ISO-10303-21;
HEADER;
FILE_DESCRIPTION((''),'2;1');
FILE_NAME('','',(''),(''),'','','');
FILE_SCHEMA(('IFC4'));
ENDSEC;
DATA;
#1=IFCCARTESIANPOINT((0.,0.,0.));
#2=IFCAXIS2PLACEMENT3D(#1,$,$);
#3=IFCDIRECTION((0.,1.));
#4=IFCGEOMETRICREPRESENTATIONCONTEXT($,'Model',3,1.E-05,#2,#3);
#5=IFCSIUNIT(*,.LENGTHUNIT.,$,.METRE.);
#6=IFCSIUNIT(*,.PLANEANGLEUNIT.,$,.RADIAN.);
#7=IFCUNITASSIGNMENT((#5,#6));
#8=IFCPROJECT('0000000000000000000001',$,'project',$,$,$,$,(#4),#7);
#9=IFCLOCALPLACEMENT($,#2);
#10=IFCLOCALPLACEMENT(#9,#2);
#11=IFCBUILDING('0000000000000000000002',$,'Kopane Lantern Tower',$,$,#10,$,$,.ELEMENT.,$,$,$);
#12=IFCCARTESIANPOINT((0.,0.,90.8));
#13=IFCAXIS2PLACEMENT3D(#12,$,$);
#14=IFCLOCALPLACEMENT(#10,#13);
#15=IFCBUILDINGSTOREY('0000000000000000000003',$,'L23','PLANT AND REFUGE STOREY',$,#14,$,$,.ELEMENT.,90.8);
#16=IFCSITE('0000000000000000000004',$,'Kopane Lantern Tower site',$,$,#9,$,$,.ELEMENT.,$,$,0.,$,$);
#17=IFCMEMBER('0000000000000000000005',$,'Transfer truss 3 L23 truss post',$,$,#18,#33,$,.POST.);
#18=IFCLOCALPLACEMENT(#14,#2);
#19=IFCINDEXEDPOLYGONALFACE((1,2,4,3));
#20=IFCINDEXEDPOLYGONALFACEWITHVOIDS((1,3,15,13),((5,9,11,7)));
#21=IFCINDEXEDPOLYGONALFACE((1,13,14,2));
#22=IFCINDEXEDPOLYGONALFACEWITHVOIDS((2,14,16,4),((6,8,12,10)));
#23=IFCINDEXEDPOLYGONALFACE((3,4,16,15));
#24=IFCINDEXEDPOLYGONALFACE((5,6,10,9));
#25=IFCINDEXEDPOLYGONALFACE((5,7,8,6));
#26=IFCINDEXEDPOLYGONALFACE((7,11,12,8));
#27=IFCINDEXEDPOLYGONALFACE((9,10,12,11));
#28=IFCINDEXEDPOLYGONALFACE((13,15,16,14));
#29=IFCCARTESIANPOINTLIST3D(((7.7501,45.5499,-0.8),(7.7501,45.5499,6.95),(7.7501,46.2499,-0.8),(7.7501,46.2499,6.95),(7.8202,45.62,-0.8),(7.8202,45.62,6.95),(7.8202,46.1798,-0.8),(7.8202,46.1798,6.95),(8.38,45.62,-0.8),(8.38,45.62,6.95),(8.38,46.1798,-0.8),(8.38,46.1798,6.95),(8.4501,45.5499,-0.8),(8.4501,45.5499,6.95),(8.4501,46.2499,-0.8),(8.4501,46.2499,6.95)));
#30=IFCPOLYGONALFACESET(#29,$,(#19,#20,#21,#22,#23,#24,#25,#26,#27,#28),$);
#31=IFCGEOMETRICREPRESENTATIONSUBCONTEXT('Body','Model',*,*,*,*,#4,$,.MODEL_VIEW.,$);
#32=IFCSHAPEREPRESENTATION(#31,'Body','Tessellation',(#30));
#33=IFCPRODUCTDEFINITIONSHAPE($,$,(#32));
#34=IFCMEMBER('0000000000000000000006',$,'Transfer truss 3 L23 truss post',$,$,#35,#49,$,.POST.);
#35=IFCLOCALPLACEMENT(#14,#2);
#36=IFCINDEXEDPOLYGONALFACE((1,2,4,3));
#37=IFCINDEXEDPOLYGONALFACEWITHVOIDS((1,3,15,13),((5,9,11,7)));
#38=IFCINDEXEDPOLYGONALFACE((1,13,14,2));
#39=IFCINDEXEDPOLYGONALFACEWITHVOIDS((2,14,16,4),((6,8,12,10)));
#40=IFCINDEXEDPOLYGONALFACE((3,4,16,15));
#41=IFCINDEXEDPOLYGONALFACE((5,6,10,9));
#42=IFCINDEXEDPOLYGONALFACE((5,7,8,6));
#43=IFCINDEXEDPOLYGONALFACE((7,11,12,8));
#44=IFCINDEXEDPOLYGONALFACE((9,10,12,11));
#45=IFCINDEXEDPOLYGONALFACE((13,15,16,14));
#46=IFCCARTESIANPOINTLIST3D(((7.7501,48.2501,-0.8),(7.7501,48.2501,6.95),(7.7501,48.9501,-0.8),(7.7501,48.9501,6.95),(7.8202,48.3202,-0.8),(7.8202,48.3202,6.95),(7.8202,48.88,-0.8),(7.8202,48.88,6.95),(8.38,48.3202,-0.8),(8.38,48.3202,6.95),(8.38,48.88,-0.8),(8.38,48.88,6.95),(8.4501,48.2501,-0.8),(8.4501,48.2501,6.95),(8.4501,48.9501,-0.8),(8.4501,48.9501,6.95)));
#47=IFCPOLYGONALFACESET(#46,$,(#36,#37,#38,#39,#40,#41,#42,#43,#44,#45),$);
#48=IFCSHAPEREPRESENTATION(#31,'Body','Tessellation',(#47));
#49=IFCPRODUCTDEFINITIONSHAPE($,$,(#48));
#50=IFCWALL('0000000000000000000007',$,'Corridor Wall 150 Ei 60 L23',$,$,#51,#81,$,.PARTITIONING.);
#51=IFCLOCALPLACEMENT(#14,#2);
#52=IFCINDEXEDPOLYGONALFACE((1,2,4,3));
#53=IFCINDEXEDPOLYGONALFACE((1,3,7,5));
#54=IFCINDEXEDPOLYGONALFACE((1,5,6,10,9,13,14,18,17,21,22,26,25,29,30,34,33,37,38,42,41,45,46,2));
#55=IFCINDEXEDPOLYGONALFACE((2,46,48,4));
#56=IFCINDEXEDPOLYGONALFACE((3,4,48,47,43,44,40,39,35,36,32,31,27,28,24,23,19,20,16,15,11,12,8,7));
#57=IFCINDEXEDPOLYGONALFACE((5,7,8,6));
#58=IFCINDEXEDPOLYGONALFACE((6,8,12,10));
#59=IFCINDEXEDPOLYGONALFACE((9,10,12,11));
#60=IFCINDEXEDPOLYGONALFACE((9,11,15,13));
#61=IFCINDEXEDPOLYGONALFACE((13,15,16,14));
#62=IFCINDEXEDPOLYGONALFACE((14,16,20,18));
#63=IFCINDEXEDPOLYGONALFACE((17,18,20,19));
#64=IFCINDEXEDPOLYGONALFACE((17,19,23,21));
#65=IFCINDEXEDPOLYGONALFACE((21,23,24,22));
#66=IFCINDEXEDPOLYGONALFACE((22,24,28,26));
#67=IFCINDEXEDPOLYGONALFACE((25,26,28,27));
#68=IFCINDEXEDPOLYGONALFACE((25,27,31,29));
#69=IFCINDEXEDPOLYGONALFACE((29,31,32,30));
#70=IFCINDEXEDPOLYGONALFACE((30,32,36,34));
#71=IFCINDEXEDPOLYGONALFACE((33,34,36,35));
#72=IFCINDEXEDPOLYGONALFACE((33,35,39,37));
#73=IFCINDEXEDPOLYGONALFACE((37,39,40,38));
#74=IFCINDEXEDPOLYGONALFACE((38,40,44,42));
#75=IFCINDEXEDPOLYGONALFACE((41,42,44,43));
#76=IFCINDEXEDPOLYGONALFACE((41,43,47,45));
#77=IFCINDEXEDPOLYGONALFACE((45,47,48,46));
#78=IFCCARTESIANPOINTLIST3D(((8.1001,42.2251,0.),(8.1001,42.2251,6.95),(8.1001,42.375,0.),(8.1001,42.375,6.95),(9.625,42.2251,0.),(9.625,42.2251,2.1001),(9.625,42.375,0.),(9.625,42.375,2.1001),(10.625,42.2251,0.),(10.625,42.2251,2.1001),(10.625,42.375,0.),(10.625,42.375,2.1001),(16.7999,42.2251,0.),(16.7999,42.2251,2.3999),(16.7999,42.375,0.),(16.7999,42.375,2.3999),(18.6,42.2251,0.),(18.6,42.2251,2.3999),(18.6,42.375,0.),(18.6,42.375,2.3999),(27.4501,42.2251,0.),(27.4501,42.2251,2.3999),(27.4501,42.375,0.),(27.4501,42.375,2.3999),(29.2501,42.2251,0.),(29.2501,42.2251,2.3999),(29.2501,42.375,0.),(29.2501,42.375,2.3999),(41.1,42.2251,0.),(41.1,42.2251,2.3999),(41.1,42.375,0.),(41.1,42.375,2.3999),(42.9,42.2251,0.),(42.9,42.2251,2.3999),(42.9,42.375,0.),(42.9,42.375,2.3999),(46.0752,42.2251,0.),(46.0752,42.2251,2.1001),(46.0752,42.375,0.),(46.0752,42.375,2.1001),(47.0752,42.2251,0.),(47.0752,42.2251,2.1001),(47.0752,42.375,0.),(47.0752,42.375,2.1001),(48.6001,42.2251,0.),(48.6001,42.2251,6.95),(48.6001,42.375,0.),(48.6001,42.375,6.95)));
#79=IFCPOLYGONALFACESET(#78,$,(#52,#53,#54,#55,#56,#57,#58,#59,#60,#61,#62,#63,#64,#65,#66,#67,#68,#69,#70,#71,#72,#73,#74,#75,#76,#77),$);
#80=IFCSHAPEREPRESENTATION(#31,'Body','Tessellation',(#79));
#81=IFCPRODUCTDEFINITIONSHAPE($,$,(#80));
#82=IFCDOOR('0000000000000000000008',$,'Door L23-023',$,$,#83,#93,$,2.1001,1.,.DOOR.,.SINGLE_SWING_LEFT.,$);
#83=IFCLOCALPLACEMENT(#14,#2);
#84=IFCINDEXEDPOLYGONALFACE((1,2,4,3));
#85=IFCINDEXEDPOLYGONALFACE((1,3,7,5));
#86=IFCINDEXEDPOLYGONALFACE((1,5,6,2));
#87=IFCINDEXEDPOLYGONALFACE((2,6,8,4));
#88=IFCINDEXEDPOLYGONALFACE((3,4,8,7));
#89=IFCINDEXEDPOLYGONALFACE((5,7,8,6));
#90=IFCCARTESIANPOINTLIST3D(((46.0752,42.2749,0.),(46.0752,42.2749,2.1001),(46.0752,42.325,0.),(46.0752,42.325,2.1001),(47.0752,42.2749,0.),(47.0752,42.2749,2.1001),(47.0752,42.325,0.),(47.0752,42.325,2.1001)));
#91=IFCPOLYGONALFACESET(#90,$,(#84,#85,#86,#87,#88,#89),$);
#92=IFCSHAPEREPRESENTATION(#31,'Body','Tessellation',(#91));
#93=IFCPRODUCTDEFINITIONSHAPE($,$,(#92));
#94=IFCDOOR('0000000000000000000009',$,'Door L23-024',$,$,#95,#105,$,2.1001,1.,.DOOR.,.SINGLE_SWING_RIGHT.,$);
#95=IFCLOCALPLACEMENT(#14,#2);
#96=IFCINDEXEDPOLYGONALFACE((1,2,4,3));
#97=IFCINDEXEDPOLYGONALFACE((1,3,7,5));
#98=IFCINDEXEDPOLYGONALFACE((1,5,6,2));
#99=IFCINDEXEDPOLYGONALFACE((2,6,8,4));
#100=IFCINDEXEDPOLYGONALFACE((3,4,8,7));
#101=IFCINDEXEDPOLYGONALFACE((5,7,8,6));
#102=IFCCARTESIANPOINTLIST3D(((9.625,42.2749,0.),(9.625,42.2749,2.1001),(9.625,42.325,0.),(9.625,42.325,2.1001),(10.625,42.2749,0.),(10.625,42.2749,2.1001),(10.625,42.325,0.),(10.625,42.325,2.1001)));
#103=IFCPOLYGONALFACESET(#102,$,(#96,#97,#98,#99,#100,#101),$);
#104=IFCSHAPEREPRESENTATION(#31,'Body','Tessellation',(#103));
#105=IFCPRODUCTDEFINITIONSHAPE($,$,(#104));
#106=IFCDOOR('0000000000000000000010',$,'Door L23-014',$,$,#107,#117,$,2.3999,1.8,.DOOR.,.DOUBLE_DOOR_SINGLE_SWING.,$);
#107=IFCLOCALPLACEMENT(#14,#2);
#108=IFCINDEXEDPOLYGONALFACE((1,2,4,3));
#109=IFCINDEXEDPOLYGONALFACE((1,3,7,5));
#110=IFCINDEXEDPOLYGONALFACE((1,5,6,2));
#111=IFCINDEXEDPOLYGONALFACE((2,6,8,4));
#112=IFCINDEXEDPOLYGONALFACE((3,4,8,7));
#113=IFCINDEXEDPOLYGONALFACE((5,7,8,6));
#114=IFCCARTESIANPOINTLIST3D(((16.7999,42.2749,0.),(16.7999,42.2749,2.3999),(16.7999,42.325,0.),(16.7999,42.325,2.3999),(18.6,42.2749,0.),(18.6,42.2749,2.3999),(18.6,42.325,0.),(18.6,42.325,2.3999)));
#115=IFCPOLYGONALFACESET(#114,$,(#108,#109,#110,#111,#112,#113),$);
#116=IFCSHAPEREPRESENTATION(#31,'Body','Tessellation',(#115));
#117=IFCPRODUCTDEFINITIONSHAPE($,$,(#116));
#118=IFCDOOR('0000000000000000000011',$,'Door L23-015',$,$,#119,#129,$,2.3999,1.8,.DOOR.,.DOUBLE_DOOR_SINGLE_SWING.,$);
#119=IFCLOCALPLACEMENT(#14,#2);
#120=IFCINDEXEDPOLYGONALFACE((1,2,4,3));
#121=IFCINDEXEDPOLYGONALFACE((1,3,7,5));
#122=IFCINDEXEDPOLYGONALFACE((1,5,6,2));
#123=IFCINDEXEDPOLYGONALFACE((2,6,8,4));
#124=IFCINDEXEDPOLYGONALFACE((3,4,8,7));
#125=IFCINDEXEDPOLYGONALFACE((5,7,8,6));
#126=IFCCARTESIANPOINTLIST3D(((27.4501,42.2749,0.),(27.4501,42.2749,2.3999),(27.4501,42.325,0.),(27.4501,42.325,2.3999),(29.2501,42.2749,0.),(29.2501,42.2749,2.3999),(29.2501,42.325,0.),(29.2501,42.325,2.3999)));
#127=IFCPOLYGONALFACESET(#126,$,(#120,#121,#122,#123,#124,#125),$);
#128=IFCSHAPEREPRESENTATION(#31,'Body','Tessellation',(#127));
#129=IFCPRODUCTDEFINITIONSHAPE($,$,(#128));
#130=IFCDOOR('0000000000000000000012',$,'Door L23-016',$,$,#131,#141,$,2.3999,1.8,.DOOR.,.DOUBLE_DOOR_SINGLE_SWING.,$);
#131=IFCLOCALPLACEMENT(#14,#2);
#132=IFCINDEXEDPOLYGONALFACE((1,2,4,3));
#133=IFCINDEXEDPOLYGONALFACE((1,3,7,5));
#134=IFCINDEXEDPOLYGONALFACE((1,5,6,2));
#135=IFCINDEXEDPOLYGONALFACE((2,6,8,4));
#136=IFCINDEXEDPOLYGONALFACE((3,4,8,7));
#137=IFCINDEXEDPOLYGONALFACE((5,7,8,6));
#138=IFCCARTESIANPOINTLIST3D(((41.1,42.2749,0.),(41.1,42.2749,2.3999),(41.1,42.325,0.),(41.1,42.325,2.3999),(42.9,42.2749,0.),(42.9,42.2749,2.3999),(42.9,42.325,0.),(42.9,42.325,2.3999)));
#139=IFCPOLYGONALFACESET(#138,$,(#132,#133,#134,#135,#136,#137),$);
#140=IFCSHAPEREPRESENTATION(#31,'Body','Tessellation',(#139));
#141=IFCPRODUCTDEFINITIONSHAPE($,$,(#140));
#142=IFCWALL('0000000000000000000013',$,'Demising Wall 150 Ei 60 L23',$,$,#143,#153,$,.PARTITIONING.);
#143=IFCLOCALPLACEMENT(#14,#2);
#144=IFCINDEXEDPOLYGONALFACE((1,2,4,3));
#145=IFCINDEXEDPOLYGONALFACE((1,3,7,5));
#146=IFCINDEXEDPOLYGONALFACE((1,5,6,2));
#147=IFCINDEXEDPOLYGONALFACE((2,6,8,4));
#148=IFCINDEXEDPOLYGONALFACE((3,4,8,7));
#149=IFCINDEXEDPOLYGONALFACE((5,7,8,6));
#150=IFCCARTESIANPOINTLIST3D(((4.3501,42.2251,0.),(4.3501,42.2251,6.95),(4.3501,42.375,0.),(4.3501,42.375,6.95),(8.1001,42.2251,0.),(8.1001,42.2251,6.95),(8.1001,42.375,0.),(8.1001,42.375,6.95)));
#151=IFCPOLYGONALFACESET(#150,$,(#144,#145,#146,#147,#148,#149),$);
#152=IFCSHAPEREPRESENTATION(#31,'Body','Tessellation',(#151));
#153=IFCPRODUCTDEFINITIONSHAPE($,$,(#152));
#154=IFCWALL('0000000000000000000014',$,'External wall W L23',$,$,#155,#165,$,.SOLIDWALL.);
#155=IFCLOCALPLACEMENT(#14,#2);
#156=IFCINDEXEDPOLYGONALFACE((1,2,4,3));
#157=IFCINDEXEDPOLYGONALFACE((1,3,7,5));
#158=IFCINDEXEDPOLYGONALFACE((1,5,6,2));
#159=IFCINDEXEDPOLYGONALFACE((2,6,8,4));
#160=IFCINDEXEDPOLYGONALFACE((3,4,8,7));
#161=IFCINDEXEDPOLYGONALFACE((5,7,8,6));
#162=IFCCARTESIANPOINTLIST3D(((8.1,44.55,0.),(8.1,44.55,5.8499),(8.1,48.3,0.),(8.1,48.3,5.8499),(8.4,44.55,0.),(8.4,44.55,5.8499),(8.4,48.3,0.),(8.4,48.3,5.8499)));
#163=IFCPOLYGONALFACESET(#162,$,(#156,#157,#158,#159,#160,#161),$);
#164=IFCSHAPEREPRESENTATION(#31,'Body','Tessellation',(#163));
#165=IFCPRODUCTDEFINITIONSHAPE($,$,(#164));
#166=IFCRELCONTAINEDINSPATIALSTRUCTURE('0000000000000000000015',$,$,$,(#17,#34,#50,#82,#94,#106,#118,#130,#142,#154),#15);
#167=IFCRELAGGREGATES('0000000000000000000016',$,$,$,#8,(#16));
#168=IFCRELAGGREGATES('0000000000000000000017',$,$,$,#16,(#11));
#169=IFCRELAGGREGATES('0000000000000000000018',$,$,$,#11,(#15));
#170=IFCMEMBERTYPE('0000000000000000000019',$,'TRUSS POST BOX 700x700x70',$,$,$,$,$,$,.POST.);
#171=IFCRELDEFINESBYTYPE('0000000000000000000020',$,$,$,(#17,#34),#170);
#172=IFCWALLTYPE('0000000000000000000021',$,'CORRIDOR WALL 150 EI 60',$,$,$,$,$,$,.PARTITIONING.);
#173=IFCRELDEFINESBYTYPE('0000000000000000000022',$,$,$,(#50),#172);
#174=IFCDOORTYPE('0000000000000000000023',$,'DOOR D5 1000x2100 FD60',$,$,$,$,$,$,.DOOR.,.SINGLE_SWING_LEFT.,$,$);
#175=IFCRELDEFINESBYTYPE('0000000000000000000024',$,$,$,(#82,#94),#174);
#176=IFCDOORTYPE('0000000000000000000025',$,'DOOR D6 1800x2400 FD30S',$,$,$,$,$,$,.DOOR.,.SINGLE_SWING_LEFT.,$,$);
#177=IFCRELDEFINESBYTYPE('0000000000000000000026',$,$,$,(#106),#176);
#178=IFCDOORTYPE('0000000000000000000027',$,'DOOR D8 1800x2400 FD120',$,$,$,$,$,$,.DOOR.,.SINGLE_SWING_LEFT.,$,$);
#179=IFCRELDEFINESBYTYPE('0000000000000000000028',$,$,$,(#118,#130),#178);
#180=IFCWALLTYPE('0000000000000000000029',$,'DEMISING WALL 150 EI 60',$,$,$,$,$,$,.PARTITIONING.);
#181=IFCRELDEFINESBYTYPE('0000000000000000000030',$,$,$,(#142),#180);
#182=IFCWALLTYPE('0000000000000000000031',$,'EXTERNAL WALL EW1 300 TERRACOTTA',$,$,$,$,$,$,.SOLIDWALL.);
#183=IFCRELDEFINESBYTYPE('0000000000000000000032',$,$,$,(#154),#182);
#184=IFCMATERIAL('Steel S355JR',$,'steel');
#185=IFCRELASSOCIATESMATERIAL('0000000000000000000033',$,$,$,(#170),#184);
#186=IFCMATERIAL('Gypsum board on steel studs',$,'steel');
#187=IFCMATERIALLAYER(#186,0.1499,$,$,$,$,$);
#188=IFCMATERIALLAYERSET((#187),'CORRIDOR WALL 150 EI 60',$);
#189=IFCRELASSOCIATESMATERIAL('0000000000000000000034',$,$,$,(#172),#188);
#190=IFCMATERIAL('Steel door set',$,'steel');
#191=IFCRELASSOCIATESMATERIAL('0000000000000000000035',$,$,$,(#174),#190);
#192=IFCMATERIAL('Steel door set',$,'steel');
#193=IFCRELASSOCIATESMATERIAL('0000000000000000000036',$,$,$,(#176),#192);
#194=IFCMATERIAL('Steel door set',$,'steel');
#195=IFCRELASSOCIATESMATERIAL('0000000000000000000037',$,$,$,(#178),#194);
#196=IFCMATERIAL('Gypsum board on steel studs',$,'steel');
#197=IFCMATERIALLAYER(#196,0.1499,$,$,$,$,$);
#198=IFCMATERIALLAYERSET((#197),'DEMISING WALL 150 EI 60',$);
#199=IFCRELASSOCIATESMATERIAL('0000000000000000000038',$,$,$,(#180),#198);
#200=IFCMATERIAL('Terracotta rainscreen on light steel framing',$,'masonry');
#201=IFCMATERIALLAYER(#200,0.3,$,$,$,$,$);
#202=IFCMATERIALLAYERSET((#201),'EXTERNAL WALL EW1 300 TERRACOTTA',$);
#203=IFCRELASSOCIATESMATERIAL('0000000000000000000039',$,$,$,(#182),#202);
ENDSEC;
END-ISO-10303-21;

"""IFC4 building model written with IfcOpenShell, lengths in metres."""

from ifc_helpers import new_model, si_unit, direction, frame, frame_2d, origin, origin_2d, place, context, subcontext, project, spatial, rectangle, hollow_rectangle, extrude, material, layer, layer_set, material_profile, profile_set, type_object, element, fill, save


model = new_model("IFC4")

# Units and contexts
model_context = context("Model", 3, precision=1e-05, world=origin(), true_north=direction((0.0, 1.0)))
body_context = subcontext(model_context, "Body", "Model", "MODEL_VIEW")
ifc_project = project(units=[si_unit("LENGTHUNIT", "METRE"), si_unit("PLANEANGLEUNIT", "RADIAN")], contexts=[model_context])

# Site, building, storey
site_placement = place(None, origin())
site = spatial("IfcSite", under=ifc_project, at=site_placement, Name="Kopane Lantern Tower site", CompositionType="ELEMENT", RefElevation=0.0)
building_placement = place(site_placement, origin())
building = spatial("IfcBuilding", under=site, at=building_placement, Name="Kopane Lantern Tower", CompositionType="ELEMENT")
storey_placement = place(building_placement, frame((0.0, 0.0, 90.8)))
storey = spatial("IfcBuildingStorey", under=building, at=storey_placement, Name="L23", Description="PLANT AND REFUGE STOREY", CompositionType="ELEMENT", Elevation=90.8)

# Members
ifc_material_1 = material(Name="Steel S355JR", Category="steel")
ifc_material_profile_1 = material_profile(ifc_material_1, hollow_rectangle(XDim=0.7, YDim=0.7, WallThickness=0.0701, at=origin_2d()), Name="BOX 700x700x70")
ifc_profile_set_1 = profile_set([ifc_material_profile_1], Name="Steel S355JR")
member_type_1 = type_object("IfcMemberType", Name="TRUSS POST BOX 700x700x70", PredefinedType="POST", material=ifc_profile_set_1)
for number, where, z_axis, x_axis, name in (
    (1, (8.1001, 45.8999, -0.8), (0.0, 0.0, 1.0), (1.0, 0.0, 0.0), "Transfer truss 3 L23 truss post"),
    (2, (8.1001, 48.6001, -0.8), (0.0, 0.0, 1.0), (1.0, 0.0, 0.0), "Transfer truss 3 L23 truss post"),
):
    element("IfcMember", number, at=place(storey_placement, frame(where, z_axis=z_axis, x_axis=x_axis)), inside=storey, type_object=member_type_1, Name=name, PredefinedType="POST", context=body_context, shape_type="SweptSolid", body=[
        extrude(hollow_rectangle(XDim=0.7, YDim=0.7, WallThickness=0.0701, at=origin_2d()), origin(), (0.0, 0.0, 1.0), 7.75),
    ])

# Wall, openings, doors
ifc_material_2 = material(Name="Gypsum board on steel studs", Category="steel")
ifc_layer_1 = layer(ifc_material_2, 0.1499)
ifc_layer_set_1 = layer_set([ifc_layer_1], Name="CORRIDOR WALL 150 EI 60")
wall_type_1 = type_object("IfcWallType", Name="CORRIDOR WALL 150 EI 60", PredefinedType="PARTITIONING", material=ifc_layer_set_1)
wall_1_placement = place(storey_placement, frame((8.1001, 42.3, 0.0), z_axis=(0.0, 0.0, 1.0), x_axis=(1.0, 0.0, 0.0)))
wall_1 = element("IfcWall", 3, at=wall_1_placement, inside=storey, type_object=wall_type_1, Name="Corridor Wall 150 Ei 60 L23", PredefinedType="PARTITIONING", context=body_context, shape_type="SweptSolid", body=[
    extrude(rectangle(XDim=40.5, YDim=0.1499, at=frame_2d((20.25, 0.0))), origin(), (0.0, 0.0, 1.0), 6.95),
])
opening_1_placement = place(wall_1_placement, frame((8.7, 0.0, 0.0)))
opening_1 = element("IfcOpeningElement", 4, at=opening_1_placement, cuts=wall_1, PredefinedType="OPENING", context=body_context, shape_type="SweptSolid", body=[
    extrude(rectangle(XDim=1.8, YDim=2.3999, at=frame_2d((0.8999, 1.2))), frame((0.0, 0.085, 0.0), z_axis=(0.0, -1.0, 0.0), x_axis=(1.0, 0.0, 0.0)), (0.0, 0.0, 1.0), 0.1699),
])
opening_2_placement = place(wall_1_placement, frame((19.3501, 0.0, 0.0)))
opening_2 = element("IfcOpeningElement", 5, at=opening_2_placement, cuts=wall_1, PredefinedType="OPENING", context=body_context, shape_type="SweptSolid", body=[
    extrude(rectangle(XDim=1.8, YDim=2.3999, at=frame_2d((0.8999, 1.2))), frame((0.0, 0.085, 0.0), z_axis=(0.0, -1.0, 0.0), x_axis=(1.0, 0.0, 0.0)), (0.0, 0.0, 1.0), 0.1699),
])
opening_3_placement = place(wall_1_placement, frame((33.0, 0.0, 0.0)))
opening_3 = element("IfcOpeningElement", 6, at=opening_3_placement, cuts=wall_1, PredefinedType="OPENING", context=body_context, shape_type="SweptSolid", body=[
    extrude(rectangle(XDim=1.8, YDim=2.3999, at=frame_2d((0.8999, 1.2))), frame((0.0, 0.085, 0.0), z_axis=(0.0, -1.0, 0.0), x_axis=(1.0, 0.0, 0.0)), (0.0, 0.0, 1.0), 0.1699),
])
opening_4_placement = place(wall_1_placement, frame((37.9751, 0.0, 0.0)))
opening_4 = element("IfcOpeningElement", 7, at=opening_4_placement, cuts=wall_1, PredefinedType="OPENING", context=body_context, shape_type="SweptSolid", body=[
    extrude(rectangle(XDim=1.0, YDim=2.1001, at=frame_2d((0.5, 1.05))), frame((0.0, 0.085, 0.0), z_axis=(0.0, -1.0, 0.0), x_axis=(1.0, 0.0, 0.0)), (0.0, 0.0, 1.0), 0.1699),
])
opening_5_placement = place(wall_1_placement, frame((1.5249, 0.0, 0.0)))
opening_5 = element("IfcOpeningElement", 8, at=opening_5_placement, cuts=wall_1, PredefinedType="OPENING", context=body_context, shape_type="SweptSolid", body=[
    extrude(rectangle(XDim=1.0, YDim=2.1001, at=frame_2d((0.5, 1.05))), frame((0.0, 0.085, 0.0), z_axis=(0.0, -1.0, 0.0), x_axis=(1.0, 0.0, 0.0)), (0.0, 0.0, 1.0), 0.1699),
])
ifc_material_3 = material(Name="Steel door set", Category="steel")
door_type_1 = type_object("IfcDoorType", Name="DOOR D5 1000x2100 FD60", OperationType="SINGLE_SWING_LEFT", PredefinedType="DOOR", material=ifc_material_3)
door_1_placement = place(opening_4_placement, origin())
door_1 = element("IfcDoor", 9, at=door_1_placement, inside=storey, type_object=door_type_1, Name="Door L23-023", OperationType="SINGLE_SWING_LEFT", OverallHeight=2.1001, OverallWidth=1.0, PredefinedType="DOOR", context=body_context, shape_type="SweptSolid", body=[
    extrude(rectangle(XDim=1.0, YDim=2.1001, at=frame_2d((0.5, 1.05))), frame((0.0, 0.0249, 0.0), z_axis=(0.0, -1.0, 0.0), x_axis=(1.0, 0.0, 0.0)), (0.0, 0.0, 1.0), 0.05),
])
fill(opening_4, door_1)
door_2_placement = place(opening_5_placement, origin())
door_2 = element("IfcDoor", 10, at=door_2_placement, inside=storey, type_object=door_type_1, Name="Door L23-024", OperationType="SINGLE_SWING_RIGHT", OverallHeight=2.1001, OverallWidth=1.0, PredefinedType="DOOR", context=body_context, shape_type="SweptSolid", body=[
    extrude(rectangle(XDim=1.0, YDim=2.1001, at=frame_2d((0.5, 1.05))), frame((0.0, 0.0249, 0.0), z_axis=(0.0, -1.0, 0.0), x_axis=(1.0, 0.0, 0.0)), (0.0, 0.0, 1.0), 0.05),
])
fill(opening_5, door_2)
ifc_material_4 = material(Name="Steel door set", Category="steel")
door_type_2 = type_object("IfcDoorType", Name="DOOR D6 1800x2400 FD30S", OperationType="SINGLE_SWING_LEFT", PredefinedType="DOOR", material=ifc_material_4)
door_3_placement = place(opening_1_placement, origin())
door_3 = element("IfcDoor", 11, at=door_3_placement, inside=storey, type_object=door_type_2, Name="Door L23-014", OperationType="DOUBLE_DOOR_SINGLE_SWING", OverallHeight=2.3999, OverallWidth=1.8, PredefinedType="DOOR", context=body_context, shape_type="SweptSolid", body=[
    extrude(rectangle(XDim=1.8, YDim=2.3999, at=frame_2d((0.8999, 1.2))), frame((0.0, 0.0249, 0.0), z_axis=(0.0, -1.0, 0.0), x_axis=(1.0, 0.0, 0.0)), (0.0, 0.0, 1.0), 0.05),
])
fill(opening_1, door_3)
ifc_material_5 = material(Name="Steel door set", Category="steel")
door_type_3 = type_object("IfcDoorType", Name="DOOR D8 1800x2400 FD120", OperationType="SINGLE_SWING_LEFT", PredefinedType="DOOR", material=ifc_material_5)
door_4_placement = place(opening_2_placement, origin())
door_4 = element("IfcDoor", 12, at=door_4_placement, inside=storey, type_object=door_type_3, Name="Door L23-015", OperationType="DOUBLE_DOOR_SINGLE_SWING", OverallHeight=2.3999, OverallWidth=1.8, PredefinedType="DOOR", context=body_context, shape_type="SweptSolid", body=[
    extrude(rectangle(XDim=1.8, YDim=2.3999, at=frame_2d((0.8999, 1.2))), frame((0.0, 0.0249, 0.0), z_axis=(0.0, -1.0, 0.0), x_axis=(1.0, 0.0, 0.0)), (0.0, 0.0, 1.0), 0.05),
])
fill(opening_2, door_4)
door_5_placement = place(opening_3_placement, origin())
door_5 = element("IfcDoor", 13, at=door_5_placement, inside=storey, type_object=door_type_3, Name="Door L23-016", OperationType="DOUBLE_DOOR_SINGLE_SWING", OverallHeight=2.3999, OverallWidth=1.8, PredefinedType="DOOR", context=body_context, shape_type="SweptSolid", body=[
    extrude(rectangle(XDim=1.8, YDim=2.3999, at=frame_2d((0.8999, 1.2))), frame((0.0, 0.0249, 0.0), z_axis=(0.0, -1.0, 0.0), x_axis=(1.0, 0.0, 0.0)), (0.0, 0.0, 1.0), 0.05),
])
fill(opening_3, door_5)

# Walls
ifc_material_6 = material(Name="Gypsum board on steel studs", Category="steel")
ifc_layer_2 = layer(ifc_material_6, 0.1499)
ifc_layer_set_2 = layer_set([ifc_layer_2], Name="DEMISING WALL 150 EI 60")
wall_type_2 = type_object("IfcWallType", Name="DEMISING WALL 150 EI 60", PredefinedType="PARTITIONING", material=ifc_layer_set_2)
wall_2_placement = place(storey_placement, frame((4.3501, 42.3, 0.0), z_axis=(0.0, 0.0, 1.0), x_axis=(1.0, 0.0, 0.0)))
element("IfcWall", 14, at=wall_2_placement, inside=storey, type_object=wall_type_2, Name="Demising Wall 150 Ei 60 L23", PredefinedType="PARTITIONING", context=body_context, shape_type="SweptSolid", body=[
    extrude(rectangle(XDim=3.75, YDim=0.1499, at=frame_2d((1.875, 0.0))), origin(), (0.0, 0.0, 1.0), 6.95),
])
ifc_material_7 = material(Name="Terracotta rainscreen on light steel framing", Category="masonry")
ifc_layer_3 = layer(ifc_material_7, 0.3)
ifc_layer_set_3 = layer_set([ifc_layer_3], Name="EXTERNAL WALL EW1 300 TERRACOTTA")
wall_type_3 = type_object("IfcWallType", Name="EXTERNAL WALL EW1 300 TERRACOTTA", PredefinedType="SOLIDWALL", material=ifc_layer_set_3)
wall_3_placement = place(storey_placement, frame((8.25, 48.3, 0.0), z_axis=(0.0, 0.0, 1.0), x_axis=(0.0, -1.0, 0.0)))
element("IfcWall", 15, at=wall_3_placement, inside=storey, type_object=wall_type_3, Name="External wall W L23", PredefinedType="SOLIDWALL", context=body_context, shape_type="SweptSolid", body=[
    extrude(rectangle(XDim=3.75, YDim=0.3, at=frame_2d((1.875, 0.0))), origin(), (0.0, 0.0, 1.0), 5.8499),
])

save(model, "model.ifc")
